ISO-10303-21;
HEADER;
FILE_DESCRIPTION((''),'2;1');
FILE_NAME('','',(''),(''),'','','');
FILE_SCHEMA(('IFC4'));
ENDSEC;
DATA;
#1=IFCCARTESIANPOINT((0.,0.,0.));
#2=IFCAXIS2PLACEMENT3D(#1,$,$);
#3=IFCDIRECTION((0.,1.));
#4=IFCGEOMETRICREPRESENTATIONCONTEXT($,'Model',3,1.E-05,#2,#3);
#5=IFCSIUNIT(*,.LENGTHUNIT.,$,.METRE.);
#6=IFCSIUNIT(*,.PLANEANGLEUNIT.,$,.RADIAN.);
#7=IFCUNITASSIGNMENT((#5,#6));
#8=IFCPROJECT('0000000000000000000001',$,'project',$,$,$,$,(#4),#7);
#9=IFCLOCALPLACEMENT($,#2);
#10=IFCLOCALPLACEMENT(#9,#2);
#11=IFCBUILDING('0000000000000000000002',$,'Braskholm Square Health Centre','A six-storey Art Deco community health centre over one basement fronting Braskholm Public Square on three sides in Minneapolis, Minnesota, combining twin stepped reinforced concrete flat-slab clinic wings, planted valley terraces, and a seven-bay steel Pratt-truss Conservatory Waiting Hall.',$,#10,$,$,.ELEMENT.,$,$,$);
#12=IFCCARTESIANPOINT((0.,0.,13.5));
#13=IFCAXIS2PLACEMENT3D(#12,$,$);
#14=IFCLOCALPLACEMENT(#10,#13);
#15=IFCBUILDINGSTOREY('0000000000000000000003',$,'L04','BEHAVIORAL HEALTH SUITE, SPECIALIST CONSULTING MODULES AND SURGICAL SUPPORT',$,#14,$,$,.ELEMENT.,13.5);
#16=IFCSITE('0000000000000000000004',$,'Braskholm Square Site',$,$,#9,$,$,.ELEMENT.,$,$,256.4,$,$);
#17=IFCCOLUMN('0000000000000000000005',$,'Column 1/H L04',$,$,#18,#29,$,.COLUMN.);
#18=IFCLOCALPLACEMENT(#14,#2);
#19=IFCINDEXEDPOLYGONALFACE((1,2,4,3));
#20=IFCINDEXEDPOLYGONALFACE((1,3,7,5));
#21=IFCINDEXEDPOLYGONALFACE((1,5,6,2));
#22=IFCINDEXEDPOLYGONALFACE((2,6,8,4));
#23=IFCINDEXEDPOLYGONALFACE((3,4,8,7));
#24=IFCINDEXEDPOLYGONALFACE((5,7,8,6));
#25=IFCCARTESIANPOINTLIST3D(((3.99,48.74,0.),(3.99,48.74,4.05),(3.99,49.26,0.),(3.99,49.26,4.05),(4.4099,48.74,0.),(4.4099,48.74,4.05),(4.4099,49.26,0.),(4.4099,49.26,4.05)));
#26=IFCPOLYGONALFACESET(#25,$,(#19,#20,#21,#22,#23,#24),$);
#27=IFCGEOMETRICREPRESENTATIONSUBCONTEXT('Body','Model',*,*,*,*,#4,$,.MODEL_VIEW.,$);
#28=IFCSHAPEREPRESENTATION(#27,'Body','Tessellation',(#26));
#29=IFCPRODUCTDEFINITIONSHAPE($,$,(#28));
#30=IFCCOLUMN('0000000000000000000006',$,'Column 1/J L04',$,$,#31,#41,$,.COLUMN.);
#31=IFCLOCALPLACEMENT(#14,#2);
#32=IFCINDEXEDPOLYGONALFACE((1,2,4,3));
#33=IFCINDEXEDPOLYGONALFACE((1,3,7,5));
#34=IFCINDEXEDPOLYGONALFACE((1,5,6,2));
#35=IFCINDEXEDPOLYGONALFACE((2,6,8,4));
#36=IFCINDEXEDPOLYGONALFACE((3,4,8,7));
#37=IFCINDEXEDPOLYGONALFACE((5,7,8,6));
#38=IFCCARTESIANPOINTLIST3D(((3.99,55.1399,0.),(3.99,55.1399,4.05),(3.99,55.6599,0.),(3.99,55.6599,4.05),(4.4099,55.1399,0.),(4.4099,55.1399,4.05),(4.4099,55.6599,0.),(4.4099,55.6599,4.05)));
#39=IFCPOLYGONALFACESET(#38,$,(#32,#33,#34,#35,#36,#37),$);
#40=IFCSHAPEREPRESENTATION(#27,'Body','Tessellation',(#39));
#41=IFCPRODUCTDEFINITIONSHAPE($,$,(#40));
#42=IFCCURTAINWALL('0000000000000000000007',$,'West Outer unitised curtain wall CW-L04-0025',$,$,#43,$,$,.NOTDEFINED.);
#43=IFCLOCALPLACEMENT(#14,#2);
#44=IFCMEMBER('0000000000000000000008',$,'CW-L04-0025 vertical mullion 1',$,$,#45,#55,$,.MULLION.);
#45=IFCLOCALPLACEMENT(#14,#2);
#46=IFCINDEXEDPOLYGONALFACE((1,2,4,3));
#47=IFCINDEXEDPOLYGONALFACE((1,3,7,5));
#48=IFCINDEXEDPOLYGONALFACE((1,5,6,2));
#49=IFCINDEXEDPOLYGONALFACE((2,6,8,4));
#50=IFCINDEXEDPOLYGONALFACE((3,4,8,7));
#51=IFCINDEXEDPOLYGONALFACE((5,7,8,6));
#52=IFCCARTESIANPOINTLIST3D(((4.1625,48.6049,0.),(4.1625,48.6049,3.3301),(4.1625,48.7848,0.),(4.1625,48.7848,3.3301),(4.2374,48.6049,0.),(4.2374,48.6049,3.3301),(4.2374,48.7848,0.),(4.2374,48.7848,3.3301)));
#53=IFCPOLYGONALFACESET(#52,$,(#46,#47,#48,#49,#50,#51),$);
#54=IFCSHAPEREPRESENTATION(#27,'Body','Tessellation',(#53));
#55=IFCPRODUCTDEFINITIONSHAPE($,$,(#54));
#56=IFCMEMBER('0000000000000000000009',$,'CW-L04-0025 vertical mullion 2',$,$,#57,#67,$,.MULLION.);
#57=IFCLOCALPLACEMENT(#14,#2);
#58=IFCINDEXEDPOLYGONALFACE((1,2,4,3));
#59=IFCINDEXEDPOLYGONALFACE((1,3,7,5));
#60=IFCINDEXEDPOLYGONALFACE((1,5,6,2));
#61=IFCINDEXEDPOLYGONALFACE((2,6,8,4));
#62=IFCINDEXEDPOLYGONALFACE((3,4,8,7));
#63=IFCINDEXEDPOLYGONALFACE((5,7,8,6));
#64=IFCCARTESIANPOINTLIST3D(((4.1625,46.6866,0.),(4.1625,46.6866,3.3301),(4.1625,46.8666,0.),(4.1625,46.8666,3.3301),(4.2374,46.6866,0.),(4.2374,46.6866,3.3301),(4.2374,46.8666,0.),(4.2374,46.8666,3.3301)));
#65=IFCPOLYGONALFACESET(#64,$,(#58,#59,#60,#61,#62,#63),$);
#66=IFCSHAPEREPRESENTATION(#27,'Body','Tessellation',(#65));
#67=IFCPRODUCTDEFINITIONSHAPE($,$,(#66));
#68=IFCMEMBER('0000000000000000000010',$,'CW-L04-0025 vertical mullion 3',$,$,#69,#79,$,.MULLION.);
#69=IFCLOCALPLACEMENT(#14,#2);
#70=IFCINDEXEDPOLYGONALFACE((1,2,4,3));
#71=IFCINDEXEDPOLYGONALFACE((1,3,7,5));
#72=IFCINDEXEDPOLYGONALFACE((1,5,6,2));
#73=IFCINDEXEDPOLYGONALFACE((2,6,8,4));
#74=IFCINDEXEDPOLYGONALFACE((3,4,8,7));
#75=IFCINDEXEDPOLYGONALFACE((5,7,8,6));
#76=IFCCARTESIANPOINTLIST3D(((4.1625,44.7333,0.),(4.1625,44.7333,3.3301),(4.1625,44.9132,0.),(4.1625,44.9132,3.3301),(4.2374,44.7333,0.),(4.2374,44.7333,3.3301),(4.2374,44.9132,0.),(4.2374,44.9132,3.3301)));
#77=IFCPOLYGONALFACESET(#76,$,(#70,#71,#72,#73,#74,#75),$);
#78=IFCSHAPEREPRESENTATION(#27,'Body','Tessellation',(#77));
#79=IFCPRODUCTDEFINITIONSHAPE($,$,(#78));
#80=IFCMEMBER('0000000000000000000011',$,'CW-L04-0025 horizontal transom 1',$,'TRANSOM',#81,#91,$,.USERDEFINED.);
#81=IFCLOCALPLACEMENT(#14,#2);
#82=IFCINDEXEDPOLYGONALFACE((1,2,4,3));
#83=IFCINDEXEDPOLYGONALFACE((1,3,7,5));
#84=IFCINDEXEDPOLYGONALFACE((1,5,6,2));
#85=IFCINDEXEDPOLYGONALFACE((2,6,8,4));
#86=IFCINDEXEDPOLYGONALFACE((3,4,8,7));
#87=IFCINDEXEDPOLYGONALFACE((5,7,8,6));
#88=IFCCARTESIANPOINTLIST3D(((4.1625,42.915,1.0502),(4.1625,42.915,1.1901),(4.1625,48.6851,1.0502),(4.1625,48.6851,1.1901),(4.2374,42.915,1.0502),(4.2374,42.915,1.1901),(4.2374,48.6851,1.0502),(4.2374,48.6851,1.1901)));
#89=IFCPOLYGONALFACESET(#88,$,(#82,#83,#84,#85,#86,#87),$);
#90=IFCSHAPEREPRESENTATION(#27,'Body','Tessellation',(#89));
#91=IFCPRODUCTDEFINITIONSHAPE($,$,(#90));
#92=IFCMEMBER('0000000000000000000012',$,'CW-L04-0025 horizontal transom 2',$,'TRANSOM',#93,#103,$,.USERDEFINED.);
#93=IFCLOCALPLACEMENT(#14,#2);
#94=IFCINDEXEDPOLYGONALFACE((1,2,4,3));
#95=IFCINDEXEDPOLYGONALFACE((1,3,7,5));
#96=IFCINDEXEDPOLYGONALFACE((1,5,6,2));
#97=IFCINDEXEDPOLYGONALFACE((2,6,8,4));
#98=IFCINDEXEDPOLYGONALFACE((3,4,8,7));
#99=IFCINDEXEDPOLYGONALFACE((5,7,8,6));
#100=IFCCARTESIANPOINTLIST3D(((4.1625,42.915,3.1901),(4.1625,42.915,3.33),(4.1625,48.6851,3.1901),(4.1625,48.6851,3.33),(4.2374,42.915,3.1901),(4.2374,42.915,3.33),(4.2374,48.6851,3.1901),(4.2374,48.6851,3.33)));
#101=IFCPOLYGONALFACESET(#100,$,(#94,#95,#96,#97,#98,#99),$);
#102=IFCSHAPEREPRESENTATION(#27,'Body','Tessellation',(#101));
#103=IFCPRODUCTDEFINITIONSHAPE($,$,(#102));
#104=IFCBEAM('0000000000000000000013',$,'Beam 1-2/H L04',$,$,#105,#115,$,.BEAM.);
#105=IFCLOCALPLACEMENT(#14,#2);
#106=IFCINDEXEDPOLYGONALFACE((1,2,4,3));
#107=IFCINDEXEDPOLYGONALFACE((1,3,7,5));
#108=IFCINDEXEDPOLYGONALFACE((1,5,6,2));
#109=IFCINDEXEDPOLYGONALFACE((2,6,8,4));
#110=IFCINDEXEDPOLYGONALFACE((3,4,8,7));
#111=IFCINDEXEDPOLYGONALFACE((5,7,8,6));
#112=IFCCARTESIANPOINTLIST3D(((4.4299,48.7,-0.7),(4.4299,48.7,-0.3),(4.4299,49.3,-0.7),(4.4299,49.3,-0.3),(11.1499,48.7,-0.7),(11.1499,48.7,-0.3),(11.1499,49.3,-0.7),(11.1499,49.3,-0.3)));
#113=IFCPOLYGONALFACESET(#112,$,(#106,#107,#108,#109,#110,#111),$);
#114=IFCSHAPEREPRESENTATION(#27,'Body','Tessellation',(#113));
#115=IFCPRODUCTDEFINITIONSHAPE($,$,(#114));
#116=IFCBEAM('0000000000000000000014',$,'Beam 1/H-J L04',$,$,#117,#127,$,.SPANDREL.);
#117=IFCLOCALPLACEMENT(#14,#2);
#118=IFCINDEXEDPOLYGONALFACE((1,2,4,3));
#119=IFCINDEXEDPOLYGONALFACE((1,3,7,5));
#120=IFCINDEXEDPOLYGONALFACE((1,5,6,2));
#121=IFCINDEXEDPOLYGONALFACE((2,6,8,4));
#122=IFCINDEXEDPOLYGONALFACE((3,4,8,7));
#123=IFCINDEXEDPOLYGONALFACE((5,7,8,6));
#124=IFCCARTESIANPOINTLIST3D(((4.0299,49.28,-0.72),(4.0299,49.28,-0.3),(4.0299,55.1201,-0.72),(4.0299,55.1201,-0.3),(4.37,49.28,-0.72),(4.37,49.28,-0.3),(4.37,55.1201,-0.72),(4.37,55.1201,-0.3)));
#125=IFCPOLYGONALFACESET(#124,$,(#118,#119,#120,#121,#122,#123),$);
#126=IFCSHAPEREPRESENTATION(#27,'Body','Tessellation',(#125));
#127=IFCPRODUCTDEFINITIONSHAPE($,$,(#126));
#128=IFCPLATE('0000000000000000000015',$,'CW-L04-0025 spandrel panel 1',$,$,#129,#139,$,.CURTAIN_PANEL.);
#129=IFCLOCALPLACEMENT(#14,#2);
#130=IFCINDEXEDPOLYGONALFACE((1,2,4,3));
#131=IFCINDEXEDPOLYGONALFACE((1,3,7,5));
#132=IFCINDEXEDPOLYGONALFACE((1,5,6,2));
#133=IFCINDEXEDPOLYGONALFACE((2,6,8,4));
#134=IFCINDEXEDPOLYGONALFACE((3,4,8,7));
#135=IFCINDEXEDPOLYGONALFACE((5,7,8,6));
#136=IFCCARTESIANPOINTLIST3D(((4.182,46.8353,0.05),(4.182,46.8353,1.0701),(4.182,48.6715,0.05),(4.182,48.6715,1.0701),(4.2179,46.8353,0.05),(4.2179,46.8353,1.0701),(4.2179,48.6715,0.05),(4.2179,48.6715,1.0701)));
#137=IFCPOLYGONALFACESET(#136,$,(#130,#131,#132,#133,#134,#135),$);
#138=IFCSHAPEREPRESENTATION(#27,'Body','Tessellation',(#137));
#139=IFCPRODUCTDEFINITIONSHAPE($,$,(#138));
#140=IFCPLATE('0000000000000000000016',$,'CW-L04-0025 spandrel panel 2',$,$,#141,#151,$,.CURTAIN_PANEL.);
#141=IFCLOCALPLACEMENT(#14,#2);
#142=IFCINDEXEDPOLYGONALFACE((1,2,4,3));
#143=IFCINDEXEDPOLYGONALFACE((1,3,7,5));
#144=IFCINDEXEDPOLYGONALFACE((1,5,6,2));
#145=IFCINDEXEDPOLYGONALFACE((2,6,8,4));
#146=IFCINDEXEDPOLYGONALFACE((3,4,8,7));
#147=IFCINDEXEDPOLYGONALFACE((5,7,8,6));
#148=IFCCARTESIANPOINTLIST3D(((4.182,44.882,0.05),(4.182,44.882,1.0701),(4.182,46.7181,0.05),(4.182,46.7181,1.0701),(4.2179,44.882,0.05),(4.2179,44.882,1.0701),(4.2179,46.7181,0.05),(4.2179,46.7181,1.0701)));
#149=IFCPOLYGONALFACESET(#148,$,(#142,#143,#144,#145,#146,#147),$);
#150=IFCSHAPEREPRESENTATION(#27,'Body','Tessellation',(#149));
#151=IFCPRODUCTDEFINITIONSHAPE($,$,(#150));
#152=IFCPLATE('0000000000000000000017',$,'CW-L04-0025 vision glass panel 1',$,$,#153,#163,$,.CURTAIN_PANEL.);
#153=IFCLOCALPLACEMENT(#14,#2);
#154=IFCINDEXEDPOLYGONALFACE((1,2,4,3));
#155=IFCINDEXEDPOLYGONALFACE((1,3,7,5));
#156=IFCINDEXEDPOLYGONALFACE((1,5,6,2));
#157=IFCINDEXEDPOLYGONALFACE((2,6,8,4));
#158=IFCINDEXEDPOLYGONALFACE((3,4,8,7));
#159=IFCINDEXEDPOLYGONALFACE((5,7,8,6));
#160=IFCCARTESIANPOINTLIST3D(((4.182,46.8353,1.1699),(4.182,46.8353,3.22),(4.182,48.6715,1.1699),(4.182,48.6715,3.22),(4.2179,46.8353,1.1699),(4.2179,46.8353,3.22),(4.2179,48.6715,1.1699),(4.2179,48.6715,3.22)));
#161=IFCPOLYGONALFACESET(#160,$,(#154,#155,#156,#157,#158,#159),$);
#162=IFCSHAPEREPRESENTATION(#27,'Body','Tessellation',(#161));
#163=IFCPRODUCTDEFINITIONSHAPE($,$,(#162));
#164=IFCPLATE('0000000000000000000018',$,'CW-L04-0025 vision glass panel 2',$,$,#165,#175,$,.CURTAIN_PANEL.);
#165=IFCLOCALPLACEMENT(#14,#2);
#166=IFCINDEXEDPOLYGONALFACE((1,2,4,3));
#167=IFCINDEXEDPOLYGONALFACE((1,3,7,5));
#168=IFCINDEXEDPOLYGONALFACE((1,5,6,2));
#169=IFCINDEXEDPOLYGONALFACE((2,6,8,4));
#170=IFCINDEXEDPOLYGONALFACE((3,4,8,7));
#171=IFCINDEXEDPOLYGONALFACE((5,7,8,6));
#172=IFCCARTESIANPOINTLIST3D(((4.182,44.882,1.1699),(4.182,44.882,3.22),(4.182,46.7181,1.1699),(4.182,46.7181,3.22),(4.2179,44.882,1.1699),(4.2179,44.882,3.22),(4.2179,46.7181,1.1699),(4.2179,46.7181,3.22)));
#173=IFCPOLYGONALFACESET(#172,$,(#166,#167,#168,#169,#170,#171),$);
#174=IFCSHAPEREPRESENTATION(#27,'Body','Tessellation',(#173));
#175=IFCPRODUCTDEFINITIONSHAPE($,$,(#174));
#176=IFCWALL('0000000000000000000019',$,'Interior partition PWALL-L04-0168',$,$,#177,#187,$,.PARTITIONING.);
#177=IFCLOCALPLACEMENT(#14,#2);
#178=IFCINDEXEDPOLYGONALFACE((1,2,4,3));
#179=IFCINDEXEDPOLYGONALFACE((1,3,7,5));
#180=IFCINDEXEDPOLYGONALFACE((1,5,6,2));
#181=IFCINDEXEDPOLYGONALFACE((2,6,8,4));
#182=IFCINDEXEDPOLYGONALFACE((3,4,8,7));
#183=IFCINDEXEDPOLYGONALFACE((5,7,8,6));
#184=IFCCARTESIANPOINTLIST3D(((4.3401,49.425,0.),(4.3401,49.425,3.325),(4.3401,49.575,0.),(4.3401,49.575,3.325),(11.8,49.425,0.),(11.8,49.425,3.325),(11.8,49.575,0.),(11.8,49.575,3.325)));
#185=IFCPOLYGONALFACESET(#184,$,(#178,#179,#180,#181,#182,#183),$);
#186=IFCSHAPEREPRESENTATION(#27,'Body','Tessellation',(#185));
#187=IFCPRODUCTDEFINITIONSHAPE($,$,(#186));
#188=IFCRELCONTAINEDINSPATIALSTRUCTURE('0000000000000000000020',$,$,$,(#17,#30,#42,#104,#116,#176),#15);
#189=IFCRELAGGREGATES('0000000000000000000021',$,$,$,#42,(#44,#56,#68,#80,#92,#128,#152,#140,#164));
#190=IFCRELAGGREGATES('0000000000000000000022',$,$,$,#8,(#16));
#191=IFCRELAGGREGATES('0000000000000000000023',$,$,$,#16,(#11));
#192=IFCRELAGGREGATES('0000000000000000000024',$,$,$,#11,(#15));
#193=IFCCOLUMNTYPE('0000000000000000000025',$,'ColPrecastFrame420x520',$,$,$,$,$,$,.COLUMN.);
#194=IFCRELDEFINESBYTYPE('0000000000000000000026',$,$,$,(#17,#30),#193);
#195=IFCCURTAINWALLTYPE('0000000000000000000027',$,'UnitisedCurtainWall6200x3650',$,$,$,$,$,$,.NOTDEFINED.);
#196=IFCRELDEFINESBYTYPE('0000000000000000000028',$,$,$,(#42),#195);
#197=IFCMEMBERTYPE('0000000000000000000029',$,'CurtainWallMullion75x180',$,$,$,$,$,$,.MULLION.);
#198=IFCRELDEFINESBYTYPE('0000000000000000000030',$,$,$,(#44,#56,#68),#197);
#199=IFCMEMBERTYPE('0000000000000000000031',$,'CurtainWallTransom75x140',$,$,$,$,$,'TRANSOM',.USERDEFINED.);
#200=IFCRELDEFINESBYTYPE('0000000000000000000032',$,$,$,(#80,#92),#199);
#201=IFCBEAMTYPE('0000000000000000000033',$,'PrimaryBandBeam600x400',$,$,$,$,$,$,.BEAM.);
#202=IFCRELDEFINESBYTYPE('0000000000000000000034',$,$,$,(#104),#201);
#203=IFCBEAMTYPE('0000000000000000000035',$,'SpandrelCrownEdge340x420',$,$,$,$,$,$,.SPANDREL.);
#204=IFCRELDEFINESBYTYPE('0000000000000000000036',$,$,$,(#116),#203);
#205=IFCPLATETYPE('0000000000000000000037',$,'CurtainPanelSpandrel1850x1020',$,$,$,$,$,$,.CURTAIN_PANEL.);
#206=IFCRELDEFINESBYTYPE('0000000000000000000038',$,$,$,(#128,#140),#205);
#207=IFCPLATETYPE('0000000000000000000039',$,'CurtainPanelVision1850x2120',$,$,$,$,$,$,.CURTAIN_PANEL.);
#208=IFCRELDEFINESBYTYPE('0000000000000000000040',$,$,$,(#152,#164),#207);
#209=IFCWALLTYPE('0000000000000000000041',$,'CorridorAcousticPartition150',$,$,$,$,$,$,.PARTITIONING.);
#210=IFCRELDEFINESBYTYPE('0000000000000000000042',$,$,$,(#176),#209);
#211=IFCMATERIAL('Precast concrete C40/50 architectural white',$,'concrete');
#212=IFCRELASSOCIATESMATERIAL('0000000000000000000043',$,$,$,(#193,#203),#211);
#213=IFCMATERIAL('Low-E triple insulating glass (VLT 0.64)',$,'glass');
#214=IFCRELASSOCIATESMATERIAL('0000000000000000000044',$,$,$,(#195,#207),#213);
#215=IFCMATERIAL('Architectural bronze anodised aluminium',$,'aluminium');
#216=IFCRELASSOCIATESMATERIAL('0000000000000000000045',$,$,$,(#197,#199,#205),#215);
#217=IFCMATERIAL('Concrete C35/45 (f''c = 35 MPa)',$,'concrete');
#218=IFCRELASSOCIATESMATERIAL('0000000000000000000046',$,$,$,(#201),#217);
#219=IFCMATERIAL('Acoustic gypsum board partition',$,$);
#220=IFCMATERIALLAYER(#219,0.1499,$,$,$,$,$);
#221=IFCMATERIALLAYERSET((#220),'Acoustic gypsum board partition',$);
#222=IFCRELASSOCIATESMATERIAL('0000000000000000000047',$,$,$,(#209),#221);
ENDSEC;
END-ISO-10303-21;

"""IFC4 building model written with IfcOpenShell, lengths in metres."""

from ifc_helpers import new_model, si_unit, direction, frame, frame_2d, origin, origin_2d, place, context, subcontext, project, spatial, rectangle, extrude, material, layer, layer_set, material_profile, profile_set, type_object, element, aggregate, save


model = new_model("IFC4")

# Units and contexts
model_context = context("Model", 3, precision=1e-05, world=origin(), true_north=direction((0.0, 1.0)))
body_context = subcontext(model_context, "Body", "Model", "MODEL_VIEW")
ifc_project = project(units=[si_unit("LENGTHUNIT", "METRE"), si_unit("PLANEANGLEUNIT", "RADIAN")], contexts=[model_context])

# Site, building, storey
site_placement = place(None, origin())
site = spatial("IfcSite", under=ifc_project, at=site_placement, Name="Braskholm Square Site", CompositionType="ELEMENT", RefElevation=256.4)
building_placement = place(site_placement, origin())
building = spatial("IfcBuilding", under=site, at=building_placement, Name="Braskholm Square Health Centre", Description="A six-storey Art Deco community health centre over one basement fronting Braskholm Public Square on three sides in Minneapolis, Minnesota, combining twin stepped reinforced concrete flat-slab clinic wings, planted valley terraces, and a seven-bay steel Pratt-truss Conservatory Waiting Hall.", CompositionType="ELEMENT")
storey_placement = place(building_placement, frame((0.0, 0.0, 13.5)))
storey = spatial("IfcBuildingStorey", under=building, at=storey_placement, Name="L04", Description="BEHAVIORAL HEALTH SUITE, SPECIALIST CONSULTING MODULES AND SURGICAL SUPPORT", CompositionType="ELEMENT", Elevation=13.5)

# Columns
ifc_material_1 = material(Name="Precast concrete C40/50 architectural white", Category="concrete")
ifc_material_profile_1 = material_profile(ifc_material_1, rectangle(XDim=0.4199, YDim=0.52, at=origin_2d()), Name="RC-420X520")
ifc_profile_set_1 = profile_set([ifc_material_profile_1], Name="Precast concrete C40/50 architectural white")
column_type = type_object("IfcColumnType", Name="ColPrecastFrame420x520", PredefinedType="COLUMN", material=ifc_profile_set_1)
for number, where, z_axis, x_axis, name in (
    (1, (4.2, 49.0, 0.0), (0.0, 0.0, 1.0), (1.0, 0.0, 0.0), "Column 1/H L04"),
    (2, (4.2, 55.3999, 0.0), (0.0, 0.0, 1.0), (1.0, 0.0, 0.0), "Column 1/J L04"),
):
    element("IfcColumn", number, at=place(storey_placement, frame(where, z_axis=z_axis, x_axis=x_axis)), inside=storey, type_object=column_type, Name=name, PredefinedType="COLUMN", context=body_context, shape_type="SweptSolid", body=[
        extrude(rectangle(XDim=0.4199, YDim=0.52, at=origin_2d()), origin(), (0.0, 0.0, 1.0), 4.05),
    ])

# Curtain wall, members
ifc_material_2 = material(Name="Low-E triple insulating glass (VLT 0.64)", Category="glass")
curtain_wall_type = type_object("IfcCurtainWallType", Name="UnitisedCurtainWall6200x3650", PredefinedType="NOTDEFINED", material=ifc_material_2)
curtain_wall_placement = place(storey_placement, origin())
curtain_wall = element("IfcCurtainWall", 3, at=curtain_wall_placement, inside=storey, type_object=curtain_wall_type, Name="West Outer unitised curtain wall CW-L04-0025", PredefinedType="NOTDEFINED")
ifc_material_3 = material(Name="Architectural bronze anodised aluminium", Category="aluminium")
ifc_material_profile_2 = material_profile(ifc_material_3, rectangle(XDim=0.075, YDim=0.1799, at=origin_2d()), Name="ALU-75X180")
ifc_profile_set_2 = profile_set([ifc_material_profile_2], Name="Architectural bronze anodised aluminium")
member_type_1 = type_object("IfcMemberType", Name="CurtainWallMullion75x180", PredefinedType="MULLION", material=ifc_profile_set_2)
member_1_placement = place(storey_placement, frame((4.2, 48.6948, 0.0), z_axis=(0.0, 0.0, 1.0), x_axis=(1.0, 0.0, 0.0)))
member_1 = element("IfcMember", 4, at=member_1_placement, type_object=member_type_1, Name="CW-L04-0025 vertical mullion 1", PredefinedType="MULLION", context=body_context, shape_type="SweptSolid", body=[
    extrude(rectangle(XDim=0.075, YDim=0.1799, at=origin_2d()), origin(), (0.0, 0.0, 1.0), 3.3301),
])
member_2_placement = place(storey_placement, frame((4.2, 46.7766, 0.0), z_axis=(0.0, 0.0, 1.0), x_axis=(1.0, 0.0, 0.0)))
member_2 = element("IfcMember", 5, at=member_2_placement, type_object=member_type_1, Name="CW-L04-0025 vertical mullion 2", PredefinedType="MULLION", context=body_context, shape_type="SweptSolid", body=[
    extrude(rectangle(XDim=0.075, YDim=0.1799, at=origin_2d()), origin(), (0.0, 0.0, 1.0), 3.3301),
])
member_3_placement = place(storey_placement, frame((4.2, 44.8232, 0.0), z_axis=(0.0, 0.0, 1.0), x_axis=(1.0, 0.0, 0.0)))
member_3 = element("IfcMember", 6, at=member_3_placement, type_object=member_type_1, Name="CW-L04-0025 vertical mullion 3", PredefinedType="MULLION", context=body_context, shape_type="SweptSolid", body=[
    extrude(rectangle(XDim=0.075, YDim=0.1799, at=origin_2d()), origin(), (0.0, 0.0, 1.0), 3.3301),
])
ifc_material_profile_3 = material_profile(ifc_material_3, rectangle(XDim=0.075, YDim=0.1399, at=origin_2d()), Name="ALU-75X140")
ifc_profile_set_3 = profile_set([ifc_material_profile_3], Name="Architectural bronze anodised aluminium")
member_type_2 = type_object("IfcMemberType", Name="CurtainWallTransom75x140", ElementType="TRANSOM", PredefinedType="USERDEFINED", material=ifc_profile_set_3)
member_4_placement = place(storey_placement, frame((4.2, 48.6851, 1.1201), z_axis=(0.0, -1.0, 0.0), x_axis=(1.0, 0.0, 0.0)))
member_4 = element("IfcMember", 7, at=member_4_placement, type_object=member_type_2, Name="CW-L04-0025 horizontal transom 1", ObjectType="TRANSOM", PredefinedType="USERDEFINED", context=body_context, shape_type="SweptSolid", body=[
    extrude(rectangle(XDim=0.075, YDim=0.1399, at=origin_2d()), origin(), (0.0, 0.0, 1.0), 5.77),
])
member_5_placement = place(storey_placement, frame((4.2, 48.6851, 3.26), z_axis=(0.0, -1.0, 0.0), x_axis=(1.0, 0.0, 0.0)))
member_5 = element("IfcMember", 8, at=member_5_placement, type_object=member_type_2, Name="CW-L04-0025 horizontal transom 2", ObjectType="TRANSOM", PredefinedType="USERDEFINED", context=body_context, shape_type="SweptSolid", body=[
    extrude(rectangle(XDim=0.075, YDim=0.1399, at=origin_2d()), origin(), (0.0, 0.0, 1.0), 5.77),
])

# Beams
ifc_material_4 = material(Name="Concrete C35/45 (f'c = 35 MPa)", Category="concrete")
ifc_material_profile_4 = material_profile(ifc_material_4, rectangle(XDim=0.6001, YDim=0.3999, at=origin_2d()), Name="RCB-600X400")
ifc_profile_set_4 = profile_set([ifc_material_profile_4], Name="Concrete C35/45 (f'c = 35 MPa)")
beam_type_1 = type_object("IfcBeamType", Name="PrimaryBandBeam600x400", PredefinedType="BEAM", material=ifc_profile_set_4)
beam_1_placement = place(storey_placement, frame((4.4299, 49.0, -0.5), z_axis=(1.0, 0.0, 0.0), x_axis=(0.0, 1.0, 0.0)))
element("IfcBeam", 9, at=beam_1_placement, inside=storey, type_object=beam_type_1, Name="Beam 1-2/H L04", PredefinedType="BEAM", context=body_context, shape_type="SweptSolid", body=[
    extrude(rectangle(XDim=0.6001, YDim=0.3999, at=origin_2d()), origin(), (0.0, 0.0, 1.0), 6.72),
])
ifc_material_profile_5 = material_profile(ifc_material_1, rectangle(XDim=0.3401, YDim=0.4199, at=origin_2d()), Name="RCB-340X420")
ifc_profile_set_5 = profile_set([ifc_material_profile_5], Name="Precast concrete C40/50 architectural white")
beam_type_2 = type_object("IfcBeamType", Name="SpandrelCrownEdge340x420", PredefinedType="SPANDREL", material=ifc_profile_set_5)
beam_2_placement = place(storey_placement, frame((4.2, 49.28, -0.51), z_axis=(0.0, 1.0, 0.0), x_axis=(-1.0, 0.0, 0.0)))
element("IfcBeam", 10, at=beam_2_placement, inside=storey, type_object=beam_type_2, Name="Beam 1/H-J L04", PredefinedType="SPANDREL", context=body_context, shape_type="SweptSolid", body=[
    extrude(rectangle(XDim=0.3401, YDim=0.4199, at=origin_2d()), origin(), (0.0, 0.0, 1.0), 5.8401),
])

# Plates
plate_type_1 = type_object("IfcPlateType", Name="CurtainPanelSpandrel1850x1020", PredefinedType="CURTAIN_PANEL", material=ifc_material_3)
plate_1_placement = place(storey_placement, frame((4.2, 47.7534, 0.05), z_axis=(0.0, 0.0, 1.0), x_axis=(0.0, -1.0, 0.0)))
plate_1 = element("IfcPlate", 11, at=plate_1_placement, type_object=plate_type_1, Name="CW-L04-0025 spandrel panel 1", PredefinedType="CURTAIN_PANEL", context=body_context, shape_type="SweptSolid", body=[
    extrude(rectangle(XDim=1.8362, YDim=0.0359, at=origin_2d()), origin(), (0.0, 0.0, 1.0), 1.02),
])
plate_2_placement = place(storey_placement, frame((4.2, 45.8, 0.05), z_axis=(0.0, 0.0, 1.0), x_axis=(0.0, -1.0, 0.0)))
plate_2 = element("IfcPlate", 12, at=plate_2_placement, type_object=plate_type_1, Name="CW-L04-0025 spandrel panel 2", PredefinedType="CURTAIN_PANEL", context=body_context, shape_type="SweptSolid", body=[
    extrude(rectangle(XDim=1.8362, YDim=0.0359, at=origin_2d()), origin(), (0.0, 0.0, 1.0), 1.02),
])
plate_type_2 = type_object("IfcPlateType", Name="CurtainPanelVision1850x2120", PredefinedType="CURTAIN_PANEL", material=ifc_material_2)
plate_3_placement = place(storey_placement, frame((4.2, 47.7534, 1.1699), z_axis=(0.0, 0.0, 1.0), x_axis=(0.0, -1.0, 0.0)))
plate_3 = element("IfcPlate", 13, at=plate_3_placement, type_object=plate_type_2, Name="CW-L04-0025 vision glass panel 1", PredefinedType="CURTAIN_PANEL", context=body_context, shape_type="SweptSolid", body=[
    extrude(rectangle(XDim=1.8362, YDim=0.0359, at=origin_2d()), origin(), (0.0, 0.0, 1.0), 2.05),
])
plate_4_placement = place(storey_placement, frame((4.2, 45.8, 1.1699), z_axis=(0.0, 0.0, 1.0), x_axis=(0.0, -1.0, 0.0)))
plate_4 = element("IfcPlate", 14, at=plate_4_placement, type_object=plate_type_2, Name="CW-L04-0025 vision glass panel 2", PredefinedType="CURTAIN_PANEL", context=body_context, shape_type="SweptSolid", body=[
    extrude(rectangle(XDim=1.8362, YDim=0.0359, at=origin_2d()), origin(), (0.0, 0.0, 1.0), 2.05),
])
aggregate(curtain_wall, [member_1, member_2, member_3, member_4, member_5, plate_1, plate_3, plate_2, plate_4])

# Wall
ifc_material_5 = material(Name="Acoustic gypsum board partition")
ifc_layer_1 = layer(ifc_material_5, 0.1499)
ifc_layer_set_1 = layer_set([ifc_layer_1], Name="Acoustic gypsum board partition")
wall_type_1 = type_object("IfcWallType", Name="CorridorAcousticPartition150", PredefinedType="PARTITIONING", material=ifc_layer_set_1)
wall_1_placement = place(storey_placement, frame((4.3401, 49.5, 0.0), z_axis=(0.0, 0.0, 1.0), x_axis=(1.0, 0.0, 0.0)))
element("IfcWall", 15, at=wall_1_placement, inside=storey, type_object=wall_type_1, Name="Interior partition PWALL-L04-0168", PredefinedType="PARTITIONING", context=body_context, shape_type="SweptSolid", body=[
    extrude(rectangle(XDim=7.46, YDim=0.1499, at=frame_2d((3.73, 0.0))), origin(), (0.0, 0.0, 1.0), 3.325),
])

save(model, "model.ifc")
